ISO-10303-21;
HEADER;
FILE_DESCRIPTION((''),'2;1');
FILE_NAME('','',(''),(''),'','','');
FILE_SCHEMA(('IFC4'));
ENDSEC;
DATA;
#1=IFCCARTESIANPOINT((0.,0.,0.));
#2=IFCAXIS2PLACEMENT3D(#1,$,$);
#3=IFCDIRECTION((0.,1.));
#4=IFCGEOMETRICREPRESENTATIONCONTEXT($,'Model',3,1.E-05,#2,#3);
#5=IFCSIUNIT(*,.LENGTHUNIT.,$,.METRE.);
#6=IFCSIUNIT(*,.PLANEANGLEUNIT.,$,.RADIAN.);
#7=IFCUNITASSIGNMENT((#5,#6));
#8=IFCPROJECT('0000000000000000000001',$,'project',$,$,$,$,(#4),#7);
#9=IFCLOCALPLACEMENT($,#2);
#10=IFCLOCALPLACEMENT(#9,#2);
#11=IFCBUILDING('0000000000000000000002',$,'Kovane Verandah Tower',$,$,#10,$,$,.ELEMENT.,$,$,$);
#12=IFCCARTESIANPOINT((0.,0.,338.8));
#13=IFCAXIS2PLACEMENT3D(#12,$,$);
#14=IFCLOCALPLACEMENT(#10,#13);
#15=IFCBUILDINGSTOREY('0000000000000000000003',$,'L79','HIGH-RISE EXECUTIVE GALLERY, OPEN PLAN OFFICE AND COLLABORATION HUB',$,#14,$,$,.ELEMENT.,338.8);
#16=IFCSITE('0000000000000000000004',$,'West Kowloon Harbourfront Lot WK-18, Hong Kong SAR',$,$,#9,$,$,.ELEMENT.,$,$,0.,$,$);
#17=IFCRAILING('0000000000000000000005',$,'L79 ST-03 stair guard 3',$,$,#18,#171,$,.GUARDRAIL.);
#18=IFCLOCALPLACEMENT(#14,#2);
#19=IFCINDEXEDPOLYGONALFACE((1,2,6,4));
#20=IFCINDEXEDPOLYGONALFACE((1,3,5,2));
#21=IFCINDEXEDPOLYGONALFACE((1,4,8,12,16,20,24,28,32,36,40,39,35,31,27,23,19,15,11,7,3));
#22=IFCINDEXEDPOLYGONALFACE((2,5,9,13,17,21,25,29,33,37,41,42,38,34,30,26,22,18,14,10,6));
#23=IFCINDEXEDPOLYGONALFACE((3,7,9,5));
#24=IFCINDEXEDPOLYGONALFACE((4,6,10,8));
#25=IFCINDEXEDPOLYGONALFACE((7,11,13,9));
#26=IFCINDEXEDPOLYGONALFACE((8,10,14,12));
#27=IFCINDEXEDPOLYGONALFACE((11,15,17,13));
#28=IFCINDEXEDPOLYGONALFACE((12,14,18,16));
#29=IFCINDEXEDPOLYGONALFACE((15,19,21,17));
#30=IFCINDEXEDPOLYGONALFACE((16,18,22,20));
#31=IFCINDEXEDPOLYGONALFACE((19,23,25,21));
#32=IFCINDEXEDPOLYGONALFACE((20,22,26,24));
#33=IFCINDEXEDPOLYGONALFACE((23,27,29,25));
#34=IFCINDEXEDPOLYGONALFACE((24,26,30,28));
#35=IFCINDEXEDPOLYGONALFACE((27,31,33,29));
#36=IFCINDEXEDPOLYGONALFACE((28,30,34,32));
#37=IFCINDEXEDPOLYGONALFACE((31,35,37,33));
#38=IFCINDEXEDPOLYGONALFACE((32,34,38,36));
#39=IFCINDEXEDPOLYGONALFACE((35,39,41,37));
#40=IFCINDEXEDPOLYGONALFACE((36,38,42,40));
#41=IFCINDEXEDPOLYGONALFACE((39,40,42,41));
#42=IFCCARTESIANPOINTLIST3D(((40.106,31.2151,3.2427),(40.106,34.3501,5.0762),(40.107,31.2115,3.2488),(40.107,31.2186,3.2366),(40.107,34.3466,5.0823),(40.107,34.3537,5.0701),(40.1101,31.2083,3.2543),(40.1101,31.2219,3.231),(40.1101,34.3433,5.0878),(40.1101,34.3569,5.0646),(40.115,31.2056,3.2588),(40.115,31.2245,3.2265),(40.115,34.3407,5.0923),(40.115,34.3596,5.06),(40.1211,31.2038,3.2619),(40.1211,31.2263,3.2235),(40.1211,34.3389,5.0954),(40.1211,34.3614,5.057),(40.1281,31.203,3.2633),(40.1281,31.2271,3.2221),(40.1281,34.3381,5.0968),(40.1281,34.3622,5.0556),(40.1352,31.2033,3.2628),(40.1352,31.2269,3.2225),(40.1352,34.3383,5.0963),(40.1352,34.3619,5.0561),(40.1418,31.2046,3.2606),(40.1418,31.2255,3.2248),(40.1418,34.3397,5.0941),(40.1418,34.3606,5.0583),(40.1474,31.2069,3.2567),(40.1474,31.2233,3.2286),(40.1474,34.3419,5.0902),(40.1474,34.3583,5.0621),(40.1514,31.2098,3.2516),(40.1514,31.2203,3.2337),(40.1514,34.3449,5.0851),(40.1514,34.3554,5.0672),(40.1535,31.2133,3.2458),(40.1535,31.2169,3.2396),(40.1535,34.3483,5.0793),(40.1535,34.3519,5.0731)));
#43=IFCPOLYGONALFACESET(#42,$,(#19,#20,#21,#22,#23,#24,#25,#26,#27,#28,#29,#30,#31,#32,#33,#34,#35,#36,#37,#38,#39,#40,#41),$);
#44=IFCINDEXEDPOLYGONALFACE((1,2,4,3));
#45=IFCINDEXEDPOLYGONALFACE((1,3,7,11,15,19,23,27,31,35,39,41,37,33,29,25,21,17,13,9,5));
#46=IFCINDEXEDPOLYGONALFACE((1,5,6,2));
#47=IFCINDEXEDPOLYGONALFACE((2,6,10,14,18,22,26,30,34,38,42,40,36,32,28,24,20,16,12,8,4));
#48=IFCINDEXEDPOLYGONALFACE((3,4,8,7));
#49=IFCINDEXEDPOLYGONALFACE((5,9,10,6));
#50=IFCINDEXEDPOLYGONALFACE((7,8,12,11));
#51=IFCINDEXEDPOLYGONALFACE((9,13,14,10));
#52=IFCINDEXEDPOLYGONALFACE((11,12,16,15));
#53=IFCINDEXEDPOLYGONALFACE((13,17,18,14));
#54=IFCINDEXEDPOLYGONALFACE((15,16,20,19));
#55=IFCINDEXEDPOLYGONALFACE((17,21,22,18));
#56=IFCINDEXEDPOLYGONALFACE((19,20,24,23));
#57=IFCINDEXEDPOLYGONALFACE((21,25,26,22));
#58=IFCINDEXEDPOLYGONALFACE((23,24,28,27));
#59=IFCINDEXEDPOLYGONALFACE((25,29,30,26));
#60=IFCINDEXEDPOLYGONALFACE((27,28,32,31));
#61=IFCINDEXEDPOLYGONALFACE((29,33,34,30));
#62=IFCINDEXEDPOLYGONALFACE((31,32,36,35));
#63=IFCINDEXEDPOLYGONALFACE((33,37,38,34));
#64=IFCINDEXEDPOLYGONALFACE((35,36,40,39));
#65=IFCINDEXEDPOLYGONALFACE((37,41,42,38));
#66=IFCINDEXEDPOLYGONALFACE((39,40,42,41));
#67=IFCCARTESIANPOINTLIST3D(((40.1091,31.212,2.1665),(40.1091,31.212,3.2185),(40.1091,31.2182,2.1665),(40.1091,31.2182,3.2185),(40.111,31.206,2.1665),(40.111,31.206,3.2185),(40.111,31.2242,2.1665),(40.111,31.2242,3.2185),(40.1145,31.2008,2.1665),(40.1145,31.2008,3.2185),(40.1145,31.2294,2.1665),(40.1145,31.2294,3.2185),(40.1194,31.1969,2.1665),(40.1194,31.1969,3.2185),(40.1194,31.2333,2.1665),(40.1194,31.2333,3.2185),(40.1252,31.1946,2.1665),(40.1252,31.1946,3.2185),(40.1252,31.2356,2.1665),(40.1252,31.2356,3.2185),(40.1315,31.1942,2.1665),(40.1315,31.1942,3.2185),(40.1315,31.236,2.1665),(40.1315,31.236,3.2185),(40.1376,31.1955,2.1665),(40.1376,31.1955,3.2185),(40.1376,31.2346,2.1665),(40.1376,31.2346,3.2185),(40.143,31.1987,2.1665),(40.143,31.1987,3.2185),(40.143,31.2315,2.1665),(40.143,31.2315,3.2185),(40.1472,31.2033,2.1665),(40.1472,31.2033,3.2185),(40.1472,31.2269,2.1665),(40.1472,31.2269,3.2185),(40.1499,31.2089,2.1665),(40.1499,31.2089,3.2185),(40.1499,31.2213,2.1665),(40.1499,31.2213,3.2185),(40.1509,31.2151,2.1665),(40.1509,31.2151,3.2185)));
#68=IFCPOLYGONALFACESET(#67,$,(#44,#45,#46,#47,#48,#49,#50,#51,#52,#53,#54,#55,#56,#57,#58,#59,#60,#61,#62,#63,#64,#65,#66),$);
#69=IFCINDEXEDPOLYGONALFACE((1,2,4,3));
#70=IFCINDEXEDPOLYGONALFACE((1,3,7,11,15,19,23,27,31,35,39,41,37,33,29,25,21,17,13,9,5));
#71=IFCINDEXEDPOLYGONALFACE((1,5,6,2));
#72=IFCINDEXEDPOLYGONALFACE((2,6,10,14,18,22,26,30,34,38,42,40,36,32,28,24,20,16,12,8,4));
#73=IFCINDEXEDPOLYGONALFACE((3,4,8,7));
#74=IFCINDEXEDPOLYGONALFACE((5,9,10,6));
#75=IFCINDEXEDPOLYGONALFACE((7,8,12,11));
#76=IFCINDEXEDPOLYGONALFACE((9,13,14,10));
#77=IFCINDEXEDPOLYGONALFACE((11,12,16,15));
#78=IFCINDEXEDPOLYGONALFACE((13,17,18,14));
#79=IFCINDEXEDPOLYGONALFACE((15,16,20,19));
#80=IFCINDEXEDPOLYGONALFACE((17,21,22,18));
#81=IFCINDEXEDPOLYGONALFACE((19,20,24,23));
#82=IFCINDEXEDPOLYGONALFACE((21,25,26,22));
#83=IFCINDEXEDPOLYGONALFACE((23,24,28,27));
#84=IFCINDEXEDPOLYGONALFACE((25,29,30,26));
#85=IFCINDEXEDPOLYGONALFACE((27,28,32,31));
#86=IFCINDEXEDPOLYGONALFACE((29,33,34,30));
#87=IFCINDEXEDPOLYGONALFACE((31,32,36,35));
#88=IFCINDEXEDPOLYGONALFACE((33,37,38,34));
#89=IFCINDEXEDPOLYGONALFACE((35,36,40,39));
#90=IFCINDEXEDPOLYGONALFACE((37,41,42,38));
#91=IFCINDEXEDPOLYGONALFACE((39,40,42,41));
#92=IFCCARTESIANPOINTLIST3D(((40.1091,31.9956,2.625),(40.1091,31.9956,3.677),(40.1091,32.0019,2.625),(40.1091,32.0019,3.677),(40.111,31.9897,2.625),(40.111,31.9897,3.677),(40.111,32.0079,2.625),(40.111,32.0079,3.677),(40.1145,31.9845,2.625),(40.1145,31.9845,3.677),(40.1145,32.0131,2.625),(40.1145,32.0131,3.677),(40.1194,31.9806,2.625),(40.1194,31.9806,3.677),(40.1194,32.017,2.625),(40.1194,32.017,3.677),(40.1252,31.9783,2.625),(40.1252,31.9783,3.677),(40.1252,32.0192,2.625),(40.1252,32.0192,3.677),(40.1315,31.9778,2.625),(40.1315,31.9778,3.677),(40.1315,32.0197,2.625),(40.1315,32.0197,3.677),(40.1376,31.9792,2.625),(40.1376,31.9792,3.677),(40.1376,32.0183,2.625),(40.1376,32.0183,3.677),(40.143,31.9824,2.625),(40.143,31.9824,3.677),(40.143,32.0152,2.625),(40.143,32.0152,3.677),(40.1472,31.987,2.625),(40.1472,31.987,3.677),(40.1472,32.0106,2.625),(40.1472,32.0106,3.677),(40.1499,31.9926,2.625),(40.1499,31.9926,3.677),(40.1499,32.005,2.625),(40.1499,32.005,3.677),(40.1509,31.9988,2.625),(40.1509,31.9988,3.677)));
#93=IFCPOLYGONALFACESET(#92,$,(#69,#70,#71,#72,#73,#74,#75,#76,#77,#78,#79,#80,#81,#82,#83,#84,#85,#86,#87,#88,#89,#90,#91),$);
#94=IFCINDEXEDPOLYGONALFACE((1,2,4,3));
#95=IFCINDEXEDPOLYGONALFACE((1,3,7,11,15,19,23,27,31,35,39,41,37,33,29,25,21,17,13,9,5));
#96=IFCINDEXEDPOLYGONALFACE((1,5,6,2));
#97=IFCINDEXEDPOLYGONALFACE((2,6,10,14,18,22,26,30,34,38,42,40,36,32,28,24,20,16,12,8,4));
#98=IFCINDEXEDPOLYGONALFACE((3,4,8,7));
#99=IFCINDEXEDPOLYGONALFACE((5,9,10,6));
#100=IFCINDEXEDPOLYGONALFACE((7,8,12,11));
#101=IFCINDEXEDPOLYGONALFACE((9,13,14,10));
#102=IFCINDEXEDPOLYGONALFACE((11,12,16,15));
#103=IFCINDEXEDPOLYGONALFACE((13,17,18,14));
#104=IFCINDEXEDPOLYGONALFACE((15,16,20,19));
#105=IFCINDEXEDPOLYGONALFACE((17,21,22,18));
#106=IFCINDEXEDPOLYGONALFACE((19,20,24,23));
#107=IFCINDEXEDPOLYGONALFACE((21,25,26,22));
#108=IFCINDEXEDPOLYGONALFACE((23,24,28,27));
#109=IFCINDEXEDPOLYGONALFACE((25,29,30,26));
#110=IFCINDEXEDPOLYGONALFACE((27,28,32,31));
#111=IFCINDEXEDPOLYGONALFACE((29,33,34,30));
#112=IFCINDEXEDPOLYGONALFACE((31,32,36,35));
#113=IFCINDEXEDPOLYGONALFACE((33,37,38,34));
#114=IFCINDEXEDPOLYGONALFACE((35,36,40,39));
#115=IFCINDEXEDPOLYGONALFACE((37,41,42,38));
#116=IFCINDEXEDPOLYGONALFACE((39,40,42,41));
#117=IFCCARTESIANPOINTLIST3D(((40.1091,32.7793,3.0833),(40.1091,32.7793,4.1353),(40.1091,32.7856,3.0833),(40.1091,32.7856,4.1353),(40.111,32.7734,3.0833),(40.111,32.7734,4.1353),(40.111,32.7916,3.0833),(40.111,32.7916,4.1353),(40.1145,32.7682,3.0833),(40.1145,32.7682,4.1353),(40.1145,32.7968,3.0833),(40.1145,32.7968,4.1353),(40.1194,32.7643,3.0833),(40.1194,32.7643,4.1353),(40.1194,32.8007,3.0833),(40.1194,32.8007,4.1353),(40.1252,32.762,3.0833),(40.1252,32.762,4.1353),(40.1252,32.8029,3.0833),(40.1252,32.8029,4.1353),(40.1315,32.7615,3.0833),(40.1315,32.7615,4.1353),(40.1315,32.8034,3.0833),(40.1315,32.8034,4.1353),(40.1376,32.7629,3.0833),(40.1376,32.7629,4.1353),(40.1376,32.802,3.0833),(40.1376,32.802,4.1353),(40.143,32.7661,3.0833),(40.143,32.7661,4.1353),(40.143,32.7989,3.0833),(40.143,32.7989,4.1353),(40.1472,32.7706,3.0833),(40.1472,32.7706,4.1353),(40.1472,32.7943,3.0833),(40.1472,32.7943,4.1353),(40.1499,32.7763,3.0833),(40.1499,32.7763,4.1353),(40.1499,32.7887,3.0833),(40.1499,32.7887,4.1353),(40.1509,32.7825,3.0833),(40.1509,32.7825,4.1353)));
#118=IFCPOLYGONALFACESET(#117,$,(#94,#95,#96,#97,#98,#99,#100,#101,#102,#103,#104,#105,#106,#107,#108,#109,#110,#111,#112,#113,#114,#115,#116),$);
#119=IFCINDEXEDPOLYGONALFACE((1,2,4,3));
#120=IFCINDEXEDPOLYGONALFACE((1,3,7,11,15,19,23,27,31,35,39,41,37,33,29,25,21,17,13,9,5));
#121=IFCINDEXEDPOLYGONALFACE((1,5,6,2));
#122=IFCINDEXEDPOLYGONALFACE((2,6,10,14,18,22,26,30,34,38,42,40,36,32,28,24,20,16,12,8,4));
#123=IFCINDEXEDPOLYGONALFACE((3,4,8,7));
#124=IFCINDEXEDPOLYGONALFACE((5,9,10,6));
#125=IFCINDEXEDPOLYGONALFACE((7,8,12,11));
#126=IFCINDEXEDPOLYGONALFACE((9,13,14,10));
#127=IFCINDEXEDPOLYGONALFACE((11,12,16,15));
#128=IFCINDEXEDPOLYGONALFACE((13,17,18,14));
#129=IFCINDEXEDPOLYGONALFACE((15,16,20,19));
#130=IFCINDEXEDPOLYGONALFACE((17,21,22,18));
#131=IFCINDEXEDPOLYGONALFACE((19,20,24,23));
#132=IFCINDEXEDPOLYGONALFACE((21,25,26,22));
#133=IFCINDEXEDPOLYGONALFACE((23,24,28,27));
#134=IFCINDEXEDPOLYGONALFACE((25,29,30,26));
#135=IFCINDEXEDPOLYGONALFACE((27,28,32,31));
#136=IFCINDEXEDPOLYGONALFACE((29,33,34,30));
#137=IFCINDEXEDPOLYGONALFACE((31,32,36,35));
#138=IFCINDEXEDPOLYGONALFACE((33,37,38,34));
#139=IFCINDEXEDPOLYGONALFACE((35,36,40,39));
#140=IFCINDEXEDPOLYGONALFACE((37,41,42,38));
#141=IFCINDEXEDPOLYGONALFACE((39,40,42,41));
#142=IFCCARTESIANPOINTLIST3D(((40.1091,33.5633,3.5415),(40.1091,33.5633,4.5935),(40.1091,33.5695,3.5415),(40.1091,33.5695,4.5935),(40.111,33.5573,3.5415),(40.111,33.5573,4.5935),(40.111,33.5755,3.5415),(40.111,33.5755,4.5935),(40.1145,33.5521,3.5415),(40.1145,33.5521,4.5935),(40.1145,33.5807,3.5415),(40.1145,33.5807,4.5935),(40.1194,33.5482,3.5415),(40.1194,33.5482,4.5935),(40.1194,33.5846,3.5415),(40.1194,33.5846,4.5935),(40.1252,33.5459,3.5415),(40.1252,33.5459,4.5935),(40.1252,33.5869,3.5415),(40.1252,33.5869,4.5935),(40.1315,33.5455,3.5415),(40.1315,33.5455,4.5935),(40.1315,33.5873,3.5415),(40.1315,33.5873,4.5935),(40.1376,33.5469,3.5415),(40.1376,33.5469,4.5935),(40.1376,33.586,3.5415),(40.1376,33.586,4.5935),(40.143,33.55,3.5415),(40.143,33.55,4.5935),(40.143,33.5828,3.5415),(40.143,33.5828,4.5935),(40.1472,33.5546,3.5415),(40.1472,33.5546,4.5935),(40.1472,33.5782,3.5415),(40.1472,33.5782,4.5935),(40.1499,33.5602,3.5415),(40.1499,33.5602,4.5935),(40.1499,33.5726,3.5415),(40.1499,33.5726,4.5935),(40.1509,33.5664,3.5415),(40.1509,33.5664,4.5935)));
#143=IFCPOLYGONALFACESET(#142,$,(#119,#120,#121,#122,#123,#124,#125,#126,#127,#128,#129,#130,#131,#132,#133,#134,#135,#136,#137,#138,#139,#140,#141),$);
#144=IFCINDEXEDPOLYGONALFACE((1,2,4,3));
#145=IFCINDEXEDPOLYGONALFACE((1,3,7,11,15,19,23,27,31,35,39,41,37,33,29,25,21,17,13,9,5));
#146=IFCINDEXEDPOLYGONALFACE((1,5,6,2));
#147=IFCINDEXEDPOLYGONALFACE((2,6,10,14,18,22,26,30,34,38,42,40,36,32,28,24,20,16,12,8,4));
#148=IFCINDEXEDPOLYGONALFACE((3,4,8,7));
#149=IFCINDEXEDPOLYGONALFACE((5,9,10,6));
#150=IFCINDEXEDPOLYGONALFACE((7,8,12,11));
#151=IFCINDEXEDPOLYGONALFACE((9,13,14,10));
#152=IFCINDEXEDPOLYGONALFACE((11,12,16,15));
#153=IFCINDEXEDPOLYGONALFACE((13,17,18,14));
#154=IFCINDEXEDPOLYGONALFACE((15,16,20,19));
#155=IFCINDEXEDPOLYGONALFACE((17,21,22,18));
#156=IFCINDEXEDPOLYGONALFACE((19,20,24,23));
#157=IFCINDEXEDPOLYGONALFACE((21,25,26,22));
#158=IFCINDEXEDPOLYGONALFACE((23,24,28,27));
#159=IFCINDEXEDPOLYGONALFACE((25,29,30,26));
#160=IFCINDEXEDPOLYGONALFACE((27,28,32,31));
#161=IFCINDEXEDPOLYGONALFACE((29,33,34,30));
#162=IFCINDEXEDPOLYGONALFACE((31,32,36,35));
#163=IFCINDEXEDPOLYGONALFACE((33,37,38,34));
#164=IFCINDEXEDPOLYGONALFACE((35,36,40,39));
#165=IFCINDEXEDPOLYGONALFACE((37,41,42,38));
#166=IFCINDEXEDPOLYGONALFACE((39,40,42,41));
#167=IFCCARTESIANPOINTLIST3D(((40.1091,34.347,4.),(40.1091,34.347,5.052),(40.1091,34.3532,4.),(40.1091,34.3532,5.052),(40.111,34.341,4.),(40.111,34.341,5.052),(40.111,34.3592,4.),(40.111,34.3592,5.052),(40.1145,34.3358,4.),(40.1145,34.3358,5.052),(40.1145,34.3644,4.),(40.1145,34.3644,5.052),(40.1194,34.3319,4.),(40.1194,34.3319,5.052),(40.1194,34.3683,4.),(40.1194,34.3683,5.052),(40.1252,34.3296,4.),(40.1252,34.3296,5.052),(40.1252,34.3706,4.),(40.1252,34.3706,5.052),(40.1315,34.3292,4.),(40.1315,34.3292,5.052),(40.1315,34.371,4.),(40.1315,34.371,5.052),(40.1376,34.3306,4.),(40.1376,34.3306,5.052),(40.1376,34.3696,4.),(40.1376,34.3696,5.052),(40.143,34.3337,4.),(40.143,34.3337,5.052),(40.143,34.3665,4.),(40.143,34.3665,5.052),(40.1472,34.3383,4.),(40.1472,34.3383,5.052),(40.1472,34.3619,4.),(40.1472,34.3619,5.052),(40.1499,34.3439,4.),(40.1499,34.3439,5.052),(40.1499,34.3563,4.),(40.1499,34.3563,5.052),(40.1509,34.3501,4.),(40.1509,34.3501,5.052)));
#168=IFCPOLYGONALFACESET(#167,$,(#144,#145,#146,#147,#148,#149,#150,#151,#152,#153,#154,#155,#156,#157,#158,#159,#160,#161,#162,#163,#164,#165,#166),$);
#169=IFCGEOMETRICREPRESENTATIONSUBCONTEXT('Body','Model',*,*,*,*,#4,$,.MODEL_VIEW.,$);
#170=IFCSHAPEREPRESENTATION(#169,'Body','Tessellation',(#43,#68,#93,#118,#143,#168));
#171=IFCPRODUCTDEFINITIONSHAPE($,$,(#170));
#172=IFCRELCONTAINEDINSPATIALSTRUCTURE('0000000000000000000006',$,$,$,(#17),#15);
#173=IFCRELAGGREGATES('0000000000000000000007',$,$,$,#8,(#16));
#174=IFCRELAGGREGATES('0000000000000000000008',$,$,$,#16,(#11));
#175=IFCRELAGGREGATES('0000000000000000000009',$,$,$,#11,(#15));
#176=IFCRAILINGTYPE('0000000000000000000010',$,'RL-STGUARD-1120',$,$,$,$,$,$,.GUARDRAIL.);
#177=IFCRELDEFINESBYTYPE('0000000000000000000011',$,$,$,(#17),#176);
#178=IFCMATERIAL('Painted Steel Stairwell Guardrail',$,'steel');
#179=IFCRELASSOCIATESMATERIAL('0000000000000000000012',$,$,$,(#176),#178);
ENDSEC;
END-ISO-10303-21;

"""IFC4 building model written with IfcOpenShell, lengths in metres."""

from ifc_helpers import new_model, si_unit, direction, frame, origin, origin_2d, place, context, subcontext, project, spatial, circle, extrude, material, type_object, element, save


model = new_model("IFC4")

# Units and contexts
model_context = context("Model", 3, precision=1e-05, world=origin(), true_north=direction((0.0, 1.0)))
body_context = subcontext(model_context, "Body", "Model", "MODEL_VIEW")
ifc_project = project(units=[si_unit("LENGTHUNIT", "METRE"), si_unit("PLANEANGLEUNIT", "RADIAN")], contexts=[model_context])

# Site, building, storey
site_placement = place(None, origin())
site = spatial("IfcSite", under=ifc_project, at=site_placement, Name="West Kowloon Harbourfront Lot WK-18, Hong Kong SAR", CompositionType="ELEMENT", RefElevation=0.0)
building_placement = place(site_placement, origin())
building = spatial("IfcBuilding", under=site, at=building_placement, Name="Kovane Verandah Tower", CompositionType="ELEMENT")
storey_placement = place(building_placement, frame((0.0, 0.0, 338.8)))
storey = spatial("IfcBuildingStorey", under=building, at=storey_placement, Name="L79", Description="HIGH-RISE EXECUTIVE GALLERY, OPEN PLAN OFFICE AND COLLABORATION HUB", CompositionType="ELEMENT", Elevation=338.8)

# Railing
ifc_material_1 = material(Name="Painted Steel Stairwell Guardrail", Category="steel")
railing_type_1 = type_object("IfcRailingType", Name="RL-STGUARD-1120", PredefinedType="GUARDRAIL", material=ifc_material_1)
railing_1_placement = place(storey_placement, frame((40.1299, 31.2151, 2.1665)))
element("IfcRailing", 1, at=railing_1_placement, inside=storey, type_object=railing_type_1, Name="L79 ST-03 stair guard 3", PredefinedType="GUARDRAIL", context=body_context, shape_type="SweptSolid", body=[
    extrude(circle(Radius=0.0239, at=origin_2d()), frame((0.0, 0.0, 1.0762), z_axis=(0.0, 0.86321, 0.504845), x_axis=(-1.0, 0.0, 0.0)), (0.0, 0.0, 1.0), 3.6318),
    extrude(circle(Radius=0.021, at=origin_2d()), origin(), (0.0, 0.0, 1.0), 1.052),
    extrude(circle(Radius=0.021, at=origin_2d()), frame((0.0, 0.7837, 0.4585)), (0.0, 0.0, 1.0), 1.052),
    extrude(circle(Radius=0.021, at=origin_2d()), frame((0.0, 1.5674, 0.9167)), (0.0, 0.0, 1.0), 1.052),
    extrude(circle(Radius=0.021, at=origin_2d()), frame((0.0, 2.3513, 1.375)), (0.0, 0.0, 1.0), 1.052),
    extrude(circle(Radius=0.021, at=origin_2d()), frame((0.0, 3.135, 1.8335)), (0.0, 0.0, 1.0), 1.052),
])

save(model, "model.ifc")
